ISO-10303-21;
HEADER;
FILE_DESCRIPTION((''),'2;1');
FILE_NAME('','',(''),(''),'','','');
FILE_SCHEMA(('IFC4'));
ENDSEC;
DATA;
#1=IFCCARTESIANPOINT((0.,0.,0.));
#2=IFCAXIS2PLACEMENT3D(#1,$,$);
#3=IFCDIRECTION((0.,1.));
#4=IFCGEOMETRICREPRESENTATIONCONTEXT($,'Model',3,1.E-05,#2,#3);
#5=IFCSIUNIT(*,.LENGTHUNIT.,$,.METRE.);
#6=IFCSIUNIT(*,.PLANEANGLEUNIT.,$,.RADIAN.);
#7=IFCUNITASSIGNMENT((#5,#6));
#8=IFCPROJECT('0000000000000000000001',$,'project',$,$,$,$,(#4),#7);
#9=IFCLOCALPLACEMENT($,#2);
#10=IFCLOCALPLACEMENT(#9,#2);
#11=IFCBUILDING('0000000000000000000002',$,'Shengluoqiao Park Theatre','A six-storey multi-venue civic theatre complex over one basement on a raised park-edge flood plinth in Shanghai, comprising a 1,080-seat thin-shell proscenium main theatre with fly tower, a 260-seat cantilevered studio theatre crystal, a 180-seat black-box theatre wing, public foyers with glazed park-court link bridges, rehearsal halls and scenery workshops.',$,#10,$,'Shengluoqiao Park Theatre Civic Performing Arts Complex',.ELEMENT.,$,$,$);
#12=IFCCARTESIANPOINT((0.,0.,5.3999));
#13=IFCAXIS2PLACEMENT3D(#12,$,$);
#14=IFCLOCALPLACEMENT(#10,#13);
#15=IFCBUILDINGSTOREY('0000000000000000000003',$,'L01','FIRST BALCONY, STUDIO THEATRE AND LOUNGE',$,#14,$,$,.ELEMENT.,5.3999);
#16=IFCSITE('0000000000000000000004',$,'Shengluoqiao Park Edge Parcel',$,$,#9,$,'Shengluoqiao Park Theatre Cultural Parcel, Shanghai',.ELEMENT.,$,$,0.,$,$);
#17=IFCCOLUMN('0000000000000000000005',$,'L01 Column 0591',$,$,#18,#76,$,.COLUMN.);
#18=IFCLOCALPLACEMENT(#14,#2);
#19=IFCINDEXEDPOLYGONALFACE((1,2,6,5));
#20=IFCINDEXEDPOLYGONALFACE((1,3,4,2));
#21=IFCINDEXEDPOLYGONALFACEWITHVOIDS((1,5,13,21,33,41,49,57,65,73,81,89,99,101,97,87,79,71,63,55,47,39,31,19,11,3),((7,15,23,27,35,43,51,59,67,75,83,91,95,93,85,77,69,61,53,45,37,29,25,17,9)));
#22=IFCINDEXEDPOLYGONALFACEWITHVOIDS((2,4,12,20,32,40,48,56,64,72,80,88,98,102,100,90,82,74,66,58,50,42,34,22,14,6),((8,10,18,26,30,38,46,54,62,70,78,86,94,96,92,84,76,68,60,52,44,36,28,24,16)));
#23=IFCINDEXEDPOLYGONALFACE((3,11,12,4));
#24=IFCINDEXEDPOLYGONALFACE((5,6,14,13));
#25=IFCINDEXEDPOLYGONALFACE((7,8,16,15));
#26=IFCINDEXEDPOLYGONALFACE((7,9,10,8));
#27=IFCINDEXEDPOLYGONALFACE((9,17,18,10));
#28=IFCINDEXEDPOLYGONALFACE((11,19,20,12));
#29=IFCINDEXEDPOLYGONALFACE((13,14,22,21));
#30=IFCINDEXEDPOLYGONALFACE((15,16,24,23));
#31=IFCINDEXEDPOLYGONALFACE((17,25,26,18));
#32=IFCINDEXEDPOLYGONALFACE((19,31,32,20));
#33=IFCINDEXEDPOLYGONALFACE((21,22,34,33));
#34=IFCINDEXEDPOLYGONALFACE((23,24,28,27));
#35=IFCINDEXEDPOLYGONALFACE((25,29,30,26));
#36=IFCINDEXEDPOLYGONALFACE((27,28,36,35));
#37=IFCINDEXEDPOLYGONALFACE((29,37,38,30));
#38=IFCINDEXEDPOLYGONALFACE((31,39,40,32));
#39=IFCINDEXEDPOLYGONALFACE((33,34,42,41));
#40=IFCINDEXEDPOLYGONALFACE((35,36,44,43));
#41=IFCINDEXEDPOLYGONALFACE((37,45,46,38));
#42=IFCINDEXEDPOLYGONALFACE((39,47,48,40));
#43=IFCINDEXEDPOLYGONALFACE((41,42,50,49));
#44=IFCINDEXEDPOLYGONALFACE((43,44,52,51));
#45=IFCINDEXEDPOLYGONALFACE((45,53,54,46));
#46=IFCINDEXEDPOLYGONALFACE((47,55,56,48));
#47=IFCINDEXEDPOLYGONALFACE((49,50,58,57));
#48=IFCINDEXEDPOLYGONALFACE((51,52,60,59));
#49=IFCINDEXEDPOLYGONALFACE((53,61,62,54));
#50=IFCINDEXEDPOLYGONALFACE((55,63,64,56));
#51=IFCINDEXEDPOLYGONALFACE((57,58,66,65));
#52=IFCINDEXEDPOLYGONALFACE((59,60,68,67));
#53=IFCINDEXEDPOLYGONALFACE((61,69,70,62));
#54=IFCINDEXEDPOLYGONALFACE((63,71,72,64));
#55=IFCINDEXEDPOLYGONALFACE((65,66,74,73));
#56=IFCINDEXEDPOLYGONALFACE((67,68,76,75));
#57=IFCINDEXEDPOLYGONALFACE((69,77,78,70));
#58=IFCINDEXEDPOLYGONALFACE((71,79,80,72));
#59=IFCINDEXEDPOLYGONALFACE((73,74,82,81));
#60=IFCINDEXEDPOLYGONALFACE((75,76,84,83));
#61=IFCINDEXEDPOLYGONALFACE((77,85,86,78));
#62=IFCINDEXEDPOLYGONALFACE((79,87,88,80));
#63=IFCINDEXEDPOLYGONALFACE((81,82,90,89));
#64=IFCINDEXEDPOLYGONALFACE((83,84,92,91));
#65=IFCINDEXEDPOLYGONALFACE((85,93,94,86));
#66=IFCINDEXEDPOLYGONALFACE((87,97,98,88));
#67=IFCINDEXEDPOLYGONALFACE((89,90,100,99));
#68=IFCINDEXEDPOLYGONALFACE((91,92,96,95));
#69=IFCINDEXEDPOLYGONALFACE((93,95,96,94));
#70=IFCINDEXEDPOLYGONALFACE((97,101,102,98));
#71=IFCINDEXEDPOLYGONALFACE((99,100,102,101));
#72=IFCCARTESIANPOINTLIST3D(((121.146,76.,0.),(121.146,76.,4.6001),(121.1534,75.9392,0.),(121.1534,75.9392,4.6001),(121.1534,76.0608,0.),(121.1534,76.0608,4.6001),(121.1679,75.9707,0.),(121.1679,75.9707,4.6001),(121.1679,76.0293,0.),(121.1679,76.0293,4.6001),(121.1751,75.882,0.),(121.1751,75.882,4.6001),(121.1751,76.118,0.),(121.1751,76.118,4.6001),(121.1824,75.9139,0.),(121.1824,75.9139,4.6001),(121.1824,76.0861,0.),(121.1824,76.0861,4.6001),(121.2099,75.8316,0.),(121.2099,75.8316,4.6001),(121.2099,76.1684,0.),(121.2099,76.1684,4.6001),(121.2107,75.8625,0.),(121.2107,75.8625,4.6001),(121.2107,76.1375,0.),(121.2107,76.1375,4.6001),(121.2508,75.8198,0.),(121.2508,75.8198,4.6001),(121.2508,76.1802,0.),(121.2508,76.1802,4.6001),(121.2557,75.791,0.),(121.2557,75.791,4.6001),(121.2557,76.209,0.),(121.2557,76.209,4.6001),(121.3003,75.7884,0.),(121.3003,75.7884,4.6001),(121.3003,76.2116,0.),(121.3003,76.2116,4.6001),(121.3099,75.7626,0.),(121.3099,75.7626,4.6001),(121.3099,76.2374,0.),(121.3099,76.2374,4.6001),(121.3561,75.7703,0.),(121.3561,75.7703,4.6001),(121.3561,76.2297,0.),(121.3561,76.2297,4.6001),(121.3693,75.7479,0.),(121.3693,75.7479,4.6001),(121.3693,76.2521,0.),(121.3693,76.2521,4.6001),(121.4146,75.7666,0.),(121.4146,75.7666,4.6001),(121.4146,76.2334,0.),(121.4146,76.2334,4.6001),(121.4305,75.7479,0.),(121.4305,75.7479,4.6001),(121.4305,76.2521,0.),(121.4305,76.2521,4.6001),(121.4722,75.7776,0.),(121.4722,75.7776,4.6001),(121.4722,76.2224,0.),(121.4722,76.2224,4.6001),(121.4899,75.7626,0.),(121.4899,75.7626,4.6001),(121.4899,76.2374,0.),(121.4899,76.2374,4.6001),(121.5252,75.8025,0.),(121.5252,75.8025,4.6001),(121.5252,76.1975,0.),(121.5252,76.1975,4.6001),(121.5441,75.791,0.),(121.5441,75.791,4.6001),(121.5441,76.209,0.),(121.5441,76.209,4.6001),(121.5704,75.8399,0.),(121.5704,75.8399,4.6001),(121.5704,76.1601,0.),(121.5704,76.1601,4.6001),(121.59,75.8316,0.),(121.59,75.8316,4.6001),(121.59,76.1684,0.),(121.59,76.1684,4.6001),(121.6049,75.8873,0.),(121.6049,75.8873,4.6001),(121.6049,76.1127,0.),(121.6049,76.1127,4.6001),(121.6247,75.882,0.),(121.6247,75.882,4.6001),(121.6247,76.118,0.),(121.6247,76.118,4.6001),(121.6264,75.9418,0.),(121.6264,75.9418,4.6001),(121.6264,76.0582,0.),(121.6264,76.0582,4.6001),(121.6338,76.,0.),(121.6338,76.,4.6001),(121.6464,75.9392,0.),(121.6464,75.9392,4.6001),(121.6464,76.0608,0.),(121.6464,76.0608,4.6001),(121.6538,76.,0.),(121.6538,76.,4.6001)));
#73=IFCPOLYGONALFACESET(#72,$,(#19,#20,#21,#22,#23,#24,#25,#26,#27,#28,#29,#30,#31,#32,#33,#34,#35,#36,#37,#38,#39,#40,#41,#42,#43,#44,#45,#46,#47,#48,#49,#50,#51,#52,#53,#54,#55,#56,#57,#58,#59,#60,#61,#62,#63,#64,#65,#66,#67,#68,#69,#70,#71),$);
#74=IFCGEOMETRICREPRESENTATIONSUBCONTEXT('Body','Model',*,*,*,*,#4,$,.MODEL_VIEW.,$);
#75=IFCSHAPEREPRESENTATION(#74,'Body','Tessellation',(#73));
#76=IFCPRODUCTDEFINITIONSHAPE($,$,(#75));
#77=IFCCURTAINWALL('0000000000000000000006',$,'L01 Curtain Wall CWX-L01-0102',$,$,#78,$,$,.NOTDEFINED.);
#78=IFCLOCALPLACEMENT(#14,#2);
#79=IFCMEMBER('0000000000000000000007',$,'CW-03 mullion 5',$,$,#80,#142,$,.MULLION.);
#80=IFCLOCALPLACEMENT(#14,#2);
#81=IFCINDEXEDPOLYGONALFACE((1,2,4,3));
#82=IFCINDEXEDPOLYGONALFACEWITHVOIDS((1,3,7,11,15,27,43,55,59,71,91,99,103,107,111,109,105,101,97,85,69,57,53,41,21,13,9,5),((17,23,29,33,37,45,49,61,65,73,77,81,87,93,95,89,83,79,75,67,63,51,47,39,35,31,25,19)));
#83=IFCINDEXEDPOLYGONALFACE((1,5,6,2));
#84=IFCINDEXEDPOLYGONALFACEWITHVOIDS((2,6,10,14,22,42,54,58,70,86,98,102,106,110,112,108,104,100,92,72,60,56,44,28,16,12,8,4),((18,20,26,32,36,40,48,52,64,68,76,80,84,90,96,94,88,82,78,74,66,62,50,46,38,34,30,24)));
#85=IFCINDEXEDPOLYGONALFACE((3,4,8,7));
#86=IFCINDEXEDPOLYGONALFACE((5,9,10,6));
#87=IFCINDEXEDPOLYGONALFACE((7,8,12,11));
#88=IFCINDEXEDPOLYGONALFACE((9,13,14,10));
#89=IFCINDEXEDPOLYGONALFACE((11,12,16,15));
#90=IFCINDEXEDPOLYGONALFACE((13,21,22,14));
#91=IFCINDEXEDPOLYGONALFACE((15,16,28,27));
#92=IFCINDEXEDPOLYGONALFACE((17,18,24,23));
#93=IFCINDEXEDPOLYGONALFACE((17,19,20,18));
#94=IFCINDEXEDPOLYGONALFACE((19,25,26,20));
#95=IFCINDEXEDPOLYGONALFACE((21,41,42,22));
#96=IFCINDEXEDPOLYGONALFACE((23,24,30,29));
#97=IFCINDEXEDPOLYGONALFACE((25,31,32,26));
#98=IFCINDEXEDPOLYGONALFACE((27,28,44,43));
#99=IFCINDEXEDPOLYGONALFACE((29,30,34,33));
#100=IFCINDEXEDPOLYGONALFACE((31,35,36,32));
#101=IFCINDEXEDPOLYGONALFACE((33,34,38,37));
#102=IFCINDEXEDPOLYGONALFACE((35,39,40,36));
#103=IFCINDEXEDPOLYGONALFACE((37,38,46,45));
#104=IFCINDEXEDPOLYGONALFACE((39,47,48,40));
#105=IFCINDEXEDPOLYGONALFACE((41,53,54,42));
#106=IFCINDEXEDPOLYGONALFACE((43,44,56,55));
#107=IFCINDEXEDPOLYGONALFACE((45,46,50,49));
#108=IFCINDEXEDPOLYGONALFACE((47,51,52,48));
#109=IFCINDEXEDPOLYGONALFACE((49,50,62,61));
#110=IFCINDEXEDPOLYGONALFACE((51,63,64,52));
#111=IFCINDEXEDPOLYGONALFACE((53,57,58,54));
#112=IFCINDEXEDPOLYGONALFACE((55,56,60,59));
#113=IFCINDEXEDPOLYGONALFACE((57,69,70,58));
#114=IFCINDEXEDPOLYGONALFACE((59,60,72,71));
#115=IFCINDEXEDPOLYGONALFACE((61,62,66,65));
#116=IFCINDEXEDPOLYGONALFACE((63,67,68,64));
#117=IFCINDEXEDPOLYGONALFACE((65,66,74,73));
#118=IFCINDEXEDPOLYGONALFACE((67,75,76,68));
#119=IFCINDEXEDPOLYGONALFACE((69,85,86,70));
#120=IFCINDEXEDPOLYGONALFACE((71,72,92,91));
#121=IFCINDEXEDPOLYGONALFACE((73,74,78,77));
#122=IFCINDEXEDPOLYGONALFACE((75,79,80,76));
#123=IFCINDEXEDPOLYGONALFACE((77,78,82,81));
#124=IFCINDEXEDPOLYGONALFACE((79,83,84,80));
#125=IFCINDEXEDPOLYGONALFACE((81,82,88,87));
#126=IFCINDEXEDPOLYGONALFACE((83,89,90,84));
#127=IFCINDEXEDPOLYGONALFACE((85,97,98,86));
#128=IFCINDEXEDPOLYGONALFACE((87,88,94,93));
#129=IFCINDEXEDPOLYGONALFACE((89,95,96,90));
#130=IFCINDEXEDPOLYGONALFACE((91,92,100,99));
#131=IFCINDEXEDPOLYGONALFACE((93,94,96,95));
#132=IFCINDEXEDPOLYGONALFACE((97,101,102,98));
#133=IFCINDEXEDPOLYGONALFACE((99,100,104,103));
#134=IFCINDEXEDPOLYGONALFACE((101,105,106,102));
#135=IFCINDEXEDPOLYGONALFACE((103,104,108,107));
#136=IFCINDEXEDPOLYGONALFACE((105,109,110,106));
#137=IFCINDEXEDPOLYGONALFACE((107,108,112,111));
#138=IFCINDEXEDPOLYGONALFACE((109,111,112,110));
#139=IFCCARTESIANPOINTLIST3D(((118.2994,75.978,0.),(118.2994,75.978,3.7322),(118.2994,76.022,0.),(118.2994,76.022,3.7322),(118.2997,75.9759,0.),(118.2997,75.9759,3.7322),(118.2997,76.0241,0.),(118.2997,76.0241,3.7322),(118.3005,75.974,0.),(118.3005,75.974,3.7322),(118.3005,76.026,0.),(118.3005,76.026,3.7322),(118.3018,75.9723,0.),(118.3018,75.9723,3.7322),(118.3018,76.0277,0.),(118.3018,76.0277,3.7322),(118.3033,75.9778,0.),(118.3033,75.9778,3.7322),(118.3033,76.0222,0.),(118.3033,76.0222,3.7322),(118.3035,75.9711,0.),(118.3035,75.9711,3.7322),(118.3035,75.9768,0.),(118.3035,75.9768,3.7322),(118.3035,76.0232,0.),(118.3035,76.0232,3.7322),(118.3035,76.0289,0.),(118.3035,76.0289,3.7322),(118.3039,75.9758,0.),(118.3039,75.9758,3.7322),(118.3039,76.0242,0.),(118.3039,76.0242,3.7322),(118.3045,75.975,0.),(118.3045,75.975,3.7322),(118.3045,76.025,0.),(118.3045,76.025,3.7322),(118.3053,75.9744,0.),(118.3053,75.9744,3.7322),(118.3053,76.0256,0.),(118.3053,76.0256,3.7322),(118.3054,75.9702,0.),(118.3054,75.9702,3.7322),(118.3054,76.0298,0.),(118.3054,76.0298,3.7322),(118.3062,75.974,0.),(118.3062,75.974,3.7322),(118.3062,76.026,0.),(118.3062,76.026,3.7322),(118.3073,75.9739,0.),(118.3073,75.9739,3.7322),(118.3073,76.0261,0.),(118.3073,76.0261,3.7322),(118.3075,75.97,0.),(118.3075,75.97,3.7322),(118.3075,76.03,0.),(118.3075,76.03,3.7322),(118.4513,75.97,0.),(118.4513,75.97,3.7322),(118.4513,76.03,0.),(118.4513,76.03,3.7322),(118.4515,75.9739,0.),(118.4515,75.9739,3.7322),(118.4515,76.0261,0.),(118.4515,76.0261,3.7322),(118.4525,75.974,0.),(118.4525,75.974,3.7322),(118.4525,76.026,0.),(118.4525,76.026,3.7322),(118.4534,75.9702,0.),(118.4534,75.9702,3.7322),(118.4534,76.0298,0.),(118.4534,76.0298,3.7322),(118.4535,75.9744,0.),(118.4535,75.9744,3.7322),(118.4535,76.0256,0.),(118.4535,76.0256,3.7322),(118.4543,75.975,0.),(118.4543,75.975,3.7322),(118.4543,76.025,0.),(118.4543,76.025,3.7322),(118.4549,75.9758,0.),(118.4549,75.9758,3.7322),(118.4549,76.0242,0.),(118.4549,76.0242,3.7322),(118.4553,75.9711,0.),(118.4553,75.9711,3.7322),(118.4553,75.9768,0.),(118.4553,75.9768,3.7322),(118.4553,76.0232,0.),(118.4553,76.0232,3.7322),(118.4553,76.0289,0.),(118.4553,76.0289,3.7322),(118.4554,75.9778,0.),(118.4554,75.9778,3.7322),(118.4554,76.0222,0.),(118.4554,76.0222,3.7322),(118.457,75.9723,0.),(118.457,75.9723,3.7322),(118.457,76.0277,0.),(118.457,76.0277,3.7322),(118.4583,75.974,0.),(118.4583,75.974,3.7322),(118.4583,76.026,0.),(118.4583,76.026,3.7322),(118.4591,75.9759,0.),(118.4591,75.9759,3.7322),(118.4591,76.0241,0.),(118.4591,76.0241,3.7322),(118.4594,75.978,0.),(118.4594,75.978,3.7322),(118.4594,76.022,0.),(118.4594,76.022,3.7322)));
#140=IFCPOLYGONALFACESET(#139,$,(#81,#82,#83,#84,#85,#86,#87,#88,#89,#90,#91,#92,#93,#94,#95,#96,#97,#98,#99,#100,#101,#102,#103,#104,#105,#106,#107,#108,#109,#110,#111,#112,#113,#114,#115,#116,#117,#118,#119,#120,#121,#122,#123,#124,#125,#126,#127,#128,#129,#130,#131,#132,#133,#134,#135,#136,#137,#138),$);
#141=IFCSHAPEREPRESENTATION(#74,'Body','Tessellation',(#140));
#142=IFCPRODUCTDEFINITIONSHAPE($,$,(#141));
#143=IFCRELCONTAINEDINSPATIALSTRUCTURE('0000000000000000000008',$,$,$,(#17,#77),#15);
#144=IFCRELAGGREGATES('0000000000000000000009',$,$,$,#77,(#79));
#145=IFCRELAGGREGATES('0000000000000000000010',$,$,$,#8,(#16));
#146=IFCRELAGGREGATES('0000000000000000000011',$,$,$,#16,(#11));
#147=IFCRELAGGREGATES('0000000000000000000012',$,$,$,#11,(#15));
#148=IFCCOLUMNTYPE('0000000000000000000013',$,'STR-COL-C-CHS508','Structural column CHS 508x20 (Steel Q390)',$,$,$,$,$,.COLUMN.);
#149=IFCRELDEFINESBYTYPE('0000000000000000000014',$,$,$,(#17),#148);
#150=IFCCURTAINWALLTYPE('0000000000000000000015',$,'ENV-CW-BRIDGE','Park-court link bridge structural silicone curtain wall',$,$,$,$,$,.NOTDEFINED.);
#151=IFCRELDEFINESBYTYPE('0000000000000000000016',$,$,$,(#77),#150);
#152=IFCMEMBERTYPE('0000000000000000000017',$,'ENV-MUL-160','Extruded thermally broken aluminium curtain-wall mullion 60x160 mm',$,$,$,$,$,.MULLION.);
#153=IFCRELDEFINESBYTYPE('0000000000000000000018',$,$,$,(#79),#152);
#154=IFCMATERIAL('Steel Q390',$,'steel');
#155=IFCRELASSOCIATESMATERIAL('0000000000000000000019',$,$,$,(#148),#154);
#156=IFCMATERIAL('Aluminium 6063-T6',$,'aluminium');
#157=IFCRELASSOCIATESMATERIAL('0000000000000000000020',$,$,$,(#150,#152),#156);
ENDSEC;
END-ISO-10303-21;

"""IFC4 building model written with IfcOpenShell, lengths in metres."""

from ifc_helpers import new_model, si_unit, direction, frame, origin, origin_2d, place, context, subcontext, project, spatial, hollow_rectangle, hollow_circle, extrude, material, material_profile, profile_set, type_object, element, aggregate, save


model = new_model("IFC4")

# Units and contexts
model_context = context("Model", 3, precision=1e-05, world=origin(), true_north=direction((0.0, 1.0)))
body_context = subcontext(model_context, "Body", "Model", "MODEL_VIEW")
ifc_project = project(units=[si_unit("LENGTHUNIT", "METRE"), si_unit("PLANEANGLEUNIT", "RADIAN")], contexts=[model_context])

# Site, building, storey
site_placement = place(None, origin())
site = spatial("IfcSite", under=ifc_project, at=site_placement, Name="Shengluoqiao Park Edge Parcel", LongName="Shengluoqiao Park Theatre Cultural Parcel, Shanghai", CompositionType="ELEMENT", RefElevation=0.0)
building_placement = place(site_placement, origin())
building = spatial("IfcBuilding", under=site, at=building_placement, Name="Shengluoqiao Park Theatre", Description="A six-storey multi-venue civic theatre complex over one basement on a raised park-edge flood plinth in Shanghai, comprising a 1,080-seat thin-shell proscenium main theatre with fly tower, a 260-seat cantilevered studio theatre crystal, a 180-seat black-box theatre wing, public foyers with glazed park-court link bridges, rehearsal halls and scenery workshops.", LongName="Shengluoqiao Park Theatre Civic Performing Arts Complex", CompositionType="ELEMENT")
storey_placement = place(building_placement, frame((0.0, 0.0, 5.3999)))
storey = spatial("IfcBuildingStorey", under=building, at=storey_placement, Name="L01", Description="FIRST BALCONY, STUDIO THEATRE AND LOUNGE", CompositionType="ELEMENT", Elevation=5.3999)

# Column
ifc_material_1 = material(Name="Steel Q390", Category="steel")
ifc_material_profile_1 = material_profile(ifc_material_1, hollow_circle(Radius=0.2539, WallThickness=0.02, at=origin_2d()), Name="CHS 508x20")
ifc_profile_set_1 = profile_set([ifc_material_profile_1], Name="Steel Q390")
column_type = type_object("IfcColumnType", Name="STR-COL-C-CHS508", Description="Structural column CHS 508x20 (Steel Q390)", PredefinedType="COLUMN", material=ifc_profile_set_1)
column_placement = place(storey_placement, frame((121.3999, 76.0, 0.0), z_axis=(0.0, 0.0, 1.0), x_axis=(1.0, 0.0, 0.0)))
element("IfcColumn", 1, at=column_placement, inside=storey, type_object=column_type, Name="L01 Column 0591", PredefinedType="COLUMN", context=body_context, shape_type="SweptSolid", body=[
    extrude(hollow_circle(Radius=0.2539, WallThickness=0.02, at=origin_2d()), origin(), (0.0, 0.0, 1.0), 4.6001),
])

# Curtain wall, member
ifc_material_2 = material(Name="Aluminium 6063-T6", Category="aluminium")
curtain_wall_type = type_object("IfcCurtainWallType", Name="ENV-CW-BRIDGE", Description="Park-court link bridge structural silicone curtain wall", PredefinedType="NOTDEFINED", material=ifc_material_2)
curtain_wall_1_placement = place(storey_placement, origin())
curtain_wall_1 = element("IfcCurtainWall", 2, at=curtain_wall_1_placement, inside=storey, type_object=curtain_wall_type, Name="L01 Curtain Wall CWX-L01-0102", PredefinedType="NOTDEFINED")
ifc_material_profile_2 = material_profile(ifc_material_2, hollow_rectangle(XDim=0.0601, YDim=0.1599, WallThickness=0.0039, InnerFilletRadius=0.0039, OuterFilletRadius=0.0081, at=origin_2d()), Name="ALU MULLION 160x60x4")
ifc_profile_set_2 = profile_set([ifc_material_profile_2], Name="Aluminium 6063-T6")
member_type_1 = type_object("IfcMemberType", Name="ENV-MUL-160", Description="Extruded thermally broken aluminium curtain-wall mullion 60x160 mm", PredefinedType="MULLION", material=ifc_profile_set_2)
member_1_placement = place(storey_placement, frame((118.3794, 76.0, 0.0), z_axis=(0.0, 0.0, 1.0), x_axis=(0.0, 1.0, 0.0)))
member_1 = element("IfcMember", 3, at=member_1_placement, type_object=member_type_1, Name="CW-03 mullion 5", PredefinedType="MULLION", context=body_context, shape_type="SweptSolid", body=[
    extrude(hollow_rectangle(XDim=0.0601, YDim=0.1599, WallThickness=0.0039, InnerFilletRadius=0.0039, OuterFilletRadius=0.0081, at=origin_2d()), origin(), (0.0, 0.0, 1.0), 3.7322),
])

aggregate(curtain_wall_1, [member_1])

save(model, "model.ifc")
